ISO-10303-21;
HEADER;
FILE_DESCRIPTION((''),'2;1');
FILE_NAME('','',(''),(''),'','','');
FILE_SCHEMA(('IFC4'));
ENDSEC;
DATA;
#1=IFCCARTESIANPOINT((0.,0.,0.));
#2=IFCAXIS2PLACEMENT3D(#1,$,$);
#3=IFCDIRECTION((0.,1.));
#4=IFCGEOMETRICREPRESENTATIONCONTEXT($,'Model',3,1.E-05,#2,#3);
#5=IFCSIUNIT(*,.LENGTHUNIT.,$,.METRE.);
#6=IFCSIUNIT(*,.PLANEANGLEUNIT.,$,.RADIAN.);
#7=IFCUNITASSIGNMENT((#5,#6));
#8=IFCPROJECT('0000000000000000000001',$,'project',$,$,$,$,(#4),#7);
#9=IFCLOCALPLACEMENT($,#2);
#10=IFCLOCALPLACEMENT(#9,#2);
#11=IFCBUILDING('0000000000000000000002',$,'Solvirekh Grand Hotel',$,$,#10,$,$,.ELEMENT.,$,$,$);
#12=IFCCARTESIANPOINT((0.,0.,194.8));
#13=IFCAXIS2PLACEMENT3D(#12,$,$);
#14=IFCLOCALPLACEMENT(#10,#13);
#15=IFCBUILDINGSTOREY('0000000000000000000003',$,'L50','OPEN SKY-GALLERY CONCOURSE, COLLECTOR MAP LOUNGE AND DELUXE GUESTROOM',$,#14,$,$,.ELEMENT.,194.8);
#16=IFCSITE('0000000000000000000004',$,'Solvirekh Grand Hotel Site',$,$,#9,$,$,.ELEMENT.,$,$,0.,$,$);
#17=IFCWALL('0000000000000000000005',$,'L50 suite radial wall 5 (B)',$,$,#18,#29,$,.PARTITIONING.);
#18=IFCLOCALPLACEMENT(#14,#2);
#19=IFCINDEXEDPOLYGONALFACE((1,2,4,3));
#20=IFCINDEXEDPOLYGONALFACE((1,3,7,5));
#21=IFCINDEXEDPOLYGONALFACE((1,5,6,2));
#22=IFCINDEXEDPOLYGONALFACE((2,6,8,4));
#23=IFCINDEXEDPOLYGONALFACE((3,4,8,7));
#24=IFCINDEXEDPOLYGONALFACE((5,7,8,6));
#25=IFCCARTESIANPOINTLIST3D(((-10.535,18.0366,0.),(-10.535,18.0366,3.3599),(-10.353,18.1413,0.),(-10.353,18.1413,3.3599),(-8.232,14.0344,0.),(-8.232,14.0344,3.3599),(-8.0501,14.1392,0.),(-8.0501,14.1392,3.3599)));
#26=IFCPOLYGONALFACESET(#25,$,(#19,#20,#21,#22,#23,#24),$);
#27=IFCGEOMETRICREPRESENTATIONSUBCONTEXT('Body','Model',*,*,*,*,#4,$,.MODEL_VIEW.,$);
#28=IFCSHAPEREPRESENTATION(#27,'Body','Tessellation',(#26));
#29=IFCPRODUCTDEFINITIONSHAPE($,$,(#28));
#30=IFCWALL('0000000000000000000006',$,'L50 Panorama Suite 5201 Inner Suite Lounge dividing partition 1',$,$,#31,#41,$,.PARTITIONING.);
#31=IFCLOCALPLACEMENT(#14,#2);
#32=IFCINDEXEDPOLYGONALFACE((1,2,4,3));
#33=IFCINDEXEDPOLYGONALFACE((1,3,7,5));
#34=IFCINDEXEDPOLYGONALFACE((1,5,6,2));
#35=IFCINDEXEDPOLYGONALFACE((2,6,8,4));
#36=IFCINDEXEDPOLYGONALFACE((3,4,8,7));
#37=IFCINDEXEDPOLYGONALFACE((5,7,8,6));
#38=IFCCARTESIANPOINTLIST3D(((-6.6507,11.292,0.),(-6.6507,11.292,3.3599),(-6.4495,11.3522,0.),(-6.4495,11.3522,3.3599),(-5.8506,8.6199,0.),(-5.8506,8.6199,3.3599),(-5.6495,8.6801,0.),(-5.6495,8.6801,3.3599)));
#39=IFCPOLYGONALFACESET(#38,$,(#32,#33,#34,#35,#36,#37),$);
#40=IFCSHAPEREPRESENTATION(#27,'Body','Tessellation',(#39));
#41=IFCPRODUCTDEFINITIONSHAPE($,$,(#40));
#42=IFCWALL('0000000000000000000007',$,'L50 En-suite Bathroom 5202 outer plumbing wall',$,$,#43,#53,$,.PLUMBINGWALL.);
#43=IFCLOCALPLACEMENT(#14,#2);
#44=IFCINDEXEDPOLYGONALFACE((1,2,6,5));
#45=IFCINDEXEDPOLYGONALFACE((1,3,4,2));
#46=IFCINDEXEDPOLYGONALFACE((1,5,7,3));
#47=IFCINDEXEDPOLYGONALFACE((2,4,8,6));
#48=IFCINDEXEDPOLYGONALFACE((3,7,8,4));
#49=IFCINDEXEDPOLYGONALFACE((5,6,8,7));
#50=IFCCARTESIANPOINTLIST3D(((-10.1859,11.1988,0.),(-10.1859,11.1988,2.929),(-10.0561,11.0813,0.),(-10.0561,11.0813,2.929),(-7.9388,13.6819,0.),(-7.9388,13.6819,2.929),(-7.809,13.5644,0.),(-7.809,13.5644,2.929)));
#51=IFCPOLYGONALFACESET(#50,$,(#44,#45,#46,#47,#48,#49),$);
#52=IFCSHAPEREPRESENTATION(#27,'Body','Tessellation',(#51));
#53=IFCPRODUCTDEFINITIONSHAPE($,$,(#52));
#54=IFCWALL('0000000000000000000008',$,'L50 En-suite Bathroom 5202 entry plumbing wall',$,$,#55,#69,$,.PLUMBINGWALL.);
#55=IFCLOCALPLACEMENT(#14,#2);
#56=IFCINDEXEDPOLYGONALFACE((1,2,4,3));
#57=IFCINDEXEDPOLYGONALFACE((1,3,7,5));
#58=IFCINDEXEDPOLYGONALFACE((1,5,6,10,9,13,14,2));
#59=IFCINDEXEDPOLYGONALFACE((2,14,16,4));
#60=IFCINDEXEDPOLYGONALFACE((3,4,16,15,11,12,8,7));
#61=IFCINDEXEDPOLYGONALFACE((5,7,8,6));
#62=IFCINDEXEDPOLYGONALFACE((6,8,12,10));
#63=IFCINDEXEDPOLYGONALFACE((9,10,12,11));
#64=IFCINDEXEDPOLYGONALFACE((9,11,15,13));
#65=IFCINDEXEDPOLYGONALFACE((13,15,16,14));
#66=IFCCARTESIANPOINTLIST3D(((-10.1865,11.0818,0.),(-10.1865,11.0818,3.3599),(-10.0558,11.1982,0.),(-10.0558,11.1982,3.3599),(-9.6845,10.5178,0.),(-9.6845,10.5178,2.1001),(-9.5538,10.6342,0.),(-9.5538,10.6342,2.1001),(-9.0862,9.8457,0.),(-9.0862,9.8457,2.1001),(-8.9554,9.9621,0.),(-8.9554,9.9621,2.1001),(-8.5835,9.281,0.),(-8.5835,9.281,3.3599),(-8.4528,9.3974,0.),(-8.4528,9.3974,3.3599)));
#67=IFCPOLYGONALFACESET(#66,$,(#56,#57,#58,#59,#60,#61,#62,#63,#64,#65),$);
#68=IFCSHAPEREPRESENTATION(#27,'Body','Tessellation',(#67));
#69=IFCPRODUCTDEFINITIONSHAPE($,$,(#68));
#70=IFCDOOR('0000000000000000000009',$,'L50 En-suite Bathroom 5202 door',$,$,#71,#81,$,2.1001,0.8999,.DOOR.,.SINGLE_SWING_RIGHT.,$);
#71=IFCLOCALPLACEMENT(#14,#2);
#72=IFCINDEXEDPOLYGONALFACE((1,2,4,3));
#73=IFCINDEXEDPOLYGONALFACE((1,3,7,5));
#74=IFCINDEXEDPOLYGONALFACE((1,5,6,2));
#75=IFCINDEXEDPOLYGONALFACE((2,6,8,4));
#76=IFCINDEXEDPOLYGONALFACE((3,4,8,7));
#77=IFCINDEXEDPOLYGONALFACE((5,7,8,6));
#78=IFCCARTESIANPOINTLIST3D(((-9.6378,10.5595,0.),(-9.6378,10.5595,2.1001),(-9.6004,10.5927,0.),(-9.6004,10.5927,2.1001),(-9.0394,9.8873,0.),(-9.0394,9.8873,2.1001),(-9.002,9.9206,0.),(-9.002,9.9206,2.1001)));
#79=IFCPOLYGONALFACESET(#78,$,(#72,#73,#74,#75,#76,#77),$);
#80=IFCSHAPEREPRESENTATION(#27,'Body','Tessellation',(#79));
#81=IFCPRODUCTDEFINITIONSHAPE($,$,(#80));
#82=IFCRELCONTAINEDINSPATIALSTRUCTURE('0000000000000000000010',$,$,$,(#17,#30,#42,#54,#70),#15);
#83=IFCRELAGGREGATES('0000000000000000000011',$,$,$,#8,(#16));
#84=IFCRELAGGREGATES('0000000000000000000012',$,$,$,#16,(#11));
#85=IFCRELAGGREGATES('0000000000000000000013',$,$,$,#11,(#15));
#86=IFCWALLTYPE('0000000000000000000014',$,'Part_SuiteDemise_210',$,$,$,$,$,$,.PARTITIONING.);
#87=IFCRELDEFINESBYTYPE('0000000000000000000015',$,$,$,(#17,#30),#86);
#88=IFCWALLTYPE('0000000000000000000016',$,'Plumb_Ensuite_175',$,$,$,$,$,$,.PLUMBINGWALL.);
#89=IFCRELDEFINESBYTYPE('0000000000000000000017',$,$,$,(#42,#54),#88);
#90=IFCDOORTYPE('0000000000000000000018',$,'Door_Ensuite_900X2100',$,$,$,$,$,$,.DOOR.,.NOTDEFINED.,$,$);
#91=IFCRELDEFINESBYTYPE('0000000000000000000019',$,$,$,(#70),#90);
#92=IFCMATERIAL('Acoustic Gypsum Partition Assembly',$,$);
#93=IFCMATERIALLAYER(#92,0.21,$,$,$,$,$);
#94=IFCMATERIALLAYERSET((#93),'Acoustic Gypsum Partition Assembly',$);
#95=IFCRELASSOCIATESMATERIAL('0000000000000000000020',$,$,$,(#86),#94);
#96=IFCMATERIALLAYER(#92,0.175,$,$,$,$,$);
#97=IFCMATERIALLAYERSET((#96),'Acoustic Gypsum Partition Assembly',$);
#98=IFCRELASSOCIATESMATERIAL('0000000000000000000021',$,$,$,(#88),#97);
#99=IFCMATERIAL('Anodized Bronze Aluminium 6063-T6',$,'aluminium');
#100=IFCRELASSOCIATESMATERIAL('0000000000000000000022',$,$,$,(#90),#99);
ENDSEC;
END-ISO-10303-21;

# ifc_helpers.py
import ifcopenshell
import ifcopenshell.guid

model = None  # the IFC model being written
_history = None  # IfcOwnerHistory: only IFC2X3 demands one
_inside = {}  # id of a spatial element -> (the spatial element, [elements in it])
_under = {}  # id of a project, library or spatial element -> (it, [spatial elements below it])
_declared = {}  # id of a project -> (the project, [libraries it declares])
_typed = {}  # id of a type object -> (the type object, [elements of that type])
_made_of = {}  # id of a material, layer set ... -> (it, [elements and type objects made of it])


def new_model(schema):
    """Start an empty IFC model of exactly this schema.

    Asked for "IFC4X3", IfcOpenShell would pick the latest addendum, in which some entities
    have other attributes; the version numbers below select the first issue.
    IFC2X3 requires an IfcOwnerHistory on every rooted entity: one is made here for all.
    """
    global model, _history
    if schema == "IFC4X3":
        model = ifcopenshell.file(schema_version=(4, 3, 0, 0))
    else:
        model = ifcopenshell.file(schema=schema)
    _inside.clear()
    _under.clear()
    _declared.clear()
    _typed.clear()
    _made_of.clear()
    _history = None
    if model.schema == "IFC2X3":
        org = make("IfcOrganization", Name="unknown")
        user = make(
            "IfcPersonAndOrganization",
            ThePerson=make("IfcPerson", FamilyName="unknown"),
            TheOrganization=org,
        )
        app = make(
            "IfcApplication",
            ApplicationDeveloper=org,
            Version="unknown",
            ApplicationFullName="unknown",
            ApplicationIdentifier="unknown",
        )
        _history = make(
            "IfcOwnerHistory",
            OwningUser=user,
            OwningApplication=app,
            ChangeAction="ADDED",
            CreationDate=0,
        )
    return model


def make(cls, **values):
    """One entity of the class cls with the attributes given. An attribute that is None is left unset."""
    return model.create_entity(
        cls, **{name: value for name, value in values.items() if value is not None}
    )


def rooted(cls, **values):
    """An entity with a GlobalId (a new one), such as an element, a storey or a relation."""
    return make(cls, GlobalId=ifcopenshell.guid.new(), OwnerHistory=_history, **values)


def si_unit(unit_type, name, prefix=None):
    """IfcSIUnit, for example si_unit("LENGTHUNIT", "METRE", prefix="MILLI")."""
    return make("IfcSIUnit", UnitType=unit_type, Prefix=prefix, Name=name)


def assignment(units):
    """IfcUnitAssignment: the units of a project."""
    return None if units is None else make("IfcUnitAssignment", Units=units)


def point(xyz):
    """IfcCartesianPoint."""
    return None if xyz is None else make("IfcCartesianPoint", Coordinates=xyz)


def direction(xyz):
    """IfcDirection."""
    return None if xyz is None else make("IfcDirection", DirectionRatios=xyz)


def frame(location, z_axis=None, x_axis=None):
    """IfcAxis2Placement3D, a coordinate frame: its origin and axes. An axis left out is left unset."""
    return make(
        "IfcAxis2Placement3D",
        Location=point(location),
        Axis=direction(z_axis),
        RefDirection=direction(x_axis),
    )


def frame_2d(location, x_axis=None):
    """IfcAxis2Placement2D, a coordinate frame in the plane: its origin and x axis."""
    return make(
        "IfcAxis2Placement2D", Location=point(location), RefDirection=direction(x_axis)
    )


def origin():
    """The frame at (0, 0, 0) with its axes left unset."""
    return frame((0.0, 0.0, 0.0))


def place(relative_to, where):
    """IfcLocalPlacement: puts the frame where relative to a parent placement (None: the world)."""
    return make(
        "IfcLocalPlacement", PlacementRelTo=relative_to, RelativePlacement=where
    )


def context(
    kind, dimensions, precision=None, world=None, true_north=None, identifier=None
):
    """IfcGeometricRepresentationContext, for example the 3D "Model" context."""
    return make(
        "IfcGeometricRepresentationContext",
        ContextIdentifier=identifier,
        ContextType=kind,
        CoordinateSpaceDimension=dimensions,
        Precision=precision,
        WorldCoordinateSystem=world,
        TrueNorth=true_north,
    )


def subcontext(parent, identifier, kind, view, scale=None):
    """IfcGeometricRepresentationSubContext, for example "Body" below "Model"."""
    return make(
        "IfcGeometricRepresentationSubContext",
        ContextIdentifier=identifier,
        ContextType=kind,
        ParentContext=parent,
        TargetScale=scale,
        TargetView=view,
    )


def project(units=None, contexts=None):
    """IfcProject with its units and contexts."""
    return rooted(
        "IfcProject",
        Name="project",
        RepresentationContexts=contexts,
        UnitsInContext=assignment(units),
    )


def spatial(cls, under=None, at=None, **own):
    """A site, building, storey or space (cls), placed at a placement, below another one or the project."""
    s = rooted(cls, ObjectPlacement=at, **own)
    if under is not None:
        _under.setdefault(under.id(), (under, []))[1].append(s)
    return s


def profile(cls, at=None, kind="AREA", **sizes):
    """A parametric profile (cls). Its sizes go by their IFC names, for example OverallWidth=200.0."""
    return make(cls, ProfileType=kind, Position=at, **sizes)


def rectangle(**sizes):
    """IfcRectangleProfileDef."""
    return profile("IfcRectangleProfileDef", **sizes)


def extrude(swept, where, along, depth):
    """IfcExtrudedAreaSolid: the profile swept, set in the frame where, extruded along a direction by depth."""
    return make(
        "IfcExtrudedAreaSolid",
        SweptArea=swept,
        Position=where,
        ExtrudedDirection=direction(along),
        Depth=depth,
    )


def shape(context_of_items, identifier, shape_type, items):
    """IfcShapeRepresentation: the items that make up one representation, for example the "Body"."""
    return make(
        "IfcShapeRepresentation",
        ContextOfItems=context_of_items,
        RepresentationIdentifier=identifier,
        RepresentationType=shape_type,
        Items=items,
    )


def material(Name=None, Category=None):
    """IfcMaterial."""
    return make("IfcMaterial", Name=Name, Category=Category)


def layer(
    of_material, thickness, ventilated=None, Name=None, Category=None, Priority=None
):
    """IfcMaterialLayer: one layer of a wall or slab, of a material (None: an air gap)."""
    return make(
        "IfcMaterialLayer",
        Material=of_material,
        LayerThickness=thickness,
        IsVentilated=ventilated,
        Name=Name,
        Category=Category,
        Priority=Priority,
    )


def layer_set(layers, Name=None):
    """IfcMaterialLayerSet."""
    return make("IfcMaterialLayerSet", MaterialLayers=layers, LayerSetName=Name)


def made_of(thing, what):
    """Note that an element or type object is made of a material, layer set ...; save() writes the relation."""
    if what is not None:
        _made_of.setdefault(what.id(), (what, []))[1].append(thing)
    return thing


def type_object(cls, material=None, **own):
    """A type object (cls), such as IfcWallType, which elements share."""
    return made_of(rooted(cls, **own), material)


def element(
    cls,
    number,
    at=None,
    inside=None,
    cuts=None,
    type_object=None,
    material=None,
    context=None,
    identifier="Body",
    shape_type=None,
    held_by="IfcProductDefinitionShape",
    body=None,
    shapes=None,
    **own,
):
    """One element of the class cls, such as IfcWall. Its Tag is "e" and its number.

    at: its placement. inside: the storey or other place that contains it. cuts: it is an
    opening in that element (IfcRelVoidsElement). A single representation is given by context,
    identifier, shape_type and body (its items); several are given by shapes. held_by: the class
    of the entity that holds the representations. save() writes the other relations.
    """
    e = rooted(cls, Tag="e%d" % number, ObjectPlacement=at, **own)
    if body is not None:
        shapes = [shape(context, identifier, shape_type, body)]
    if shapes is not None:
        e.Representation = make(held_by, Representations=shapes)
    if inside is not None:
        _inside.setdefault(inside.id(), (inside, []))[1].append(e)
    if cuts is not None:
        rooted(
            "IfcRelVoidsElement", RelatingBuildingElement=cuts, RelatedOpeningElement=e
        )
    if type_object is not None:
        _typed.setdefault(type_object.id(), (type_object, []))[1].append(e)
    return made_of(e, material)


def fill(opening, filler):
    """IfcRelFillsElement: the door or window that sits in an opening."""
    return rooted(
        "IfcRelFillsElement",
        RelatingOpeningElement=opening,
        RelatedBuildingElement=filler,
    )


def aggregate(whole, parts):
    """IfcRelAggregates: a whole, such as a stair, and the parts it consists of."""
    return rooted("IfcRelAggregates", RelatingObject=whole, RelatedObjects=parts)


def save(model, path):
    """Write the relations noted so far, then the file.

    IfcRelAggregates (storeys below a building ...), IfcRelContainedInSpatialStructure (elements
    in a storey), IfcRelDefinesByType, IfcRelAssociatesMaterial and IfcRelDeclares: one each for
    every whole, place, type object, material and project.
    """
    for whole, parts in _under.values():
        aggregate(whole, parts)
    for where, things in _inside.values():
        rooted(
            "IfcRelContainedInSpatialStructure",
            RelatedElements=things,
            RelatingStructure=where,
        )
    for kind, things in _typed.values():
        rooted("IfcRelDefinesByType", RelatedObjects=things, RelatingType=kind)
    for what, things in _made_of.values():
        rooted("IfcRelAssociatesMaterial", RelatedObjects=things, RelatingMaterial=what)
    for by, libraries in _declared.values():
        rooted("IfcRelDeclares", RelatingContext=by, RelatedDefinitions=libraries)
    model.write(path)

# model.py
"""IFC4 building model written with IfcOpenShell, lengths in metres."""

from ifc_helpers import new_model, si_unit, direction, frame, frame_2d, origin, place, context, subcontext, project, spatial, rectangle, extrude, material, layer, layer_set, type_object, element, fill, save


model = new_model("IFC4")

# Units and contexts
model_context = context("Model", 3, precision=1e-05, world=origin(), true_north=direction((0.0, 1.0)))
body_context = subcontext(model_context, "Body", "Model", "MODEL_VIEW")
ifc_project = project(units=[si_unit("LENGTHUNIT", "METRE"), si_unit("PLANEANGLEUNIT", "RADIAN")], contexts=[model_context])

# Site, building, storey
site_placement = place(None, origin())
site = spatial("IfcSite", under=ifc_project, at=site_placement, Name="Solvirekh Grand Hotel Site", CompositionType="ELEMENT", RefElevation=0.0)
building_placement = place(site_placement, origin())
building = spatial("IfcBuilding", under=site, at=building_placement, Name="Solvirekh Grand Hotel", CompositionType="ELEMENT")
storey_placement = place(building_placement, frame((0.0, 0.0, 194.8)))
storey = spatial("IfcBuildingStorey", under=building, at=storey_placement, Name="L50", Description="OPEN SKY-GALLERY CONCOURSE, COLLECTOR MAP LOUNGE AND DELUXE GUESTROOM", CompositionType="ELEMENT", Elevation=194.8)

# Shared definitions
ifc_material_1 = material(Name="Anodized Bronze Aluminium 6063-T6", Category="aluminium")

# Shared definitions
ifc_material_2 = material(Name="Acoustic Gypsum Partition Assembly")

# Walls
ifc_layer_1 = layer(ifc_material_2, 0.21)
ifc_layer_set_1 = layer_set([ifc_layer_1], Name="Acoustic Gypsum Partition Assembly")
wall_type_1 = type_object("IfcWallType", Name="Part_SuiteDemise_210", PredefinedType="PARTITIONING", material=ifc_layer_set_1)
wall_1_placement = place(storey_placement, frame((-8.1411, 14.0869, 0.0), z_axis=(0.0, 0.0, 1.0), x_axis=(-0.49875, 0.866746, 0.0)))
element("IfcWall", 1, at=wall_1_placement, inside=storey, type_object=wall_type_1, Name="L50 suite radial wall 5 (B)", PredefinedType="PARTITIONING", context=body_context, shape_type="SweptSolid", body=[
    extrude(rectangle(XDim=4.6174, YDim=0.21, at=frame_2d((2.3086, 0.0))), origin(), (0.0, 0.0, 1.0), 3.3599),
])
wall_2_placement = place(storey_placement, frame((-6.55, 11.322, 0.0), z_axis=(0.0, 0.0, 1.0), x_axis=(0.286826, -0.957983, 0.0)))
element("IfcWall", 2, at=wall_2_placement, inside=storey, type_object=wall_type_1, Name="L50 Panorama Suite 5201 Inner Suite Lounge dividing partition 1", PredefinedType="PARTITIONING", context=body_context, shape_type="SweptSolid", body=[
    extrude(rectangle(XDim=2.7893, YDim=0.21, at=frame_2d((1.3945, 0.0))), origin(), (0.0, 0.0, 1.0), 3.3599),
])
ifc_layer_2 = layer(ifc_material_2, 0.175)
ifc_layer_set_2 = layer_set([ifc_layer_2], Name="Acoustic Gypsum Partition Assembly")
wall_type_2 = type_object("IfcWallType", Name="Plumb_Ensuite_175", PredefinedType="PLUMBINGWALL", material=ifc_layer_set_2)
wall_3_placement = place(storey_placement, frame((-7.874, 13.623, 0.0), z_axis=(0.0, 0.0, 1.0), x_axis=(-0.67098, -0.741475, 0.0)))
element("IfcWall", 3, at=wall_3_placement, inside=storey, type_object=wall_type_2, Name="L50 En-suite Bathroom 5202 outer plumbing wall", PredefinedType="PLUMBINGWALL", context=body_context, shape_type="SweptSolid", body=[
    extrude(rectangle(XDim=3.3489, YDim=0.175, at=frame_2d((1.6743, 0.0))), origin(), (0.0, 0.0, 1.0), 2.929),
])

# Wall, opening, door
wall_4_placement = place(storey_placement, frame((-8.5181, 9.3391, 0.0), z_axis=(0.0, 0.0, 1.0), x_axis=(-0.664904, 0.746929, 0.0)))
wall_4 = element("IfcWall", 4, at=wall_4_placement, inside=storey, type_object=wall_type_2, Name="L50 En-suite Bathroom 5202 entry plumbing wall", PredefinedType="PLUMBINGWALL", context=body_context, shape_type="SweptSolid", body=[
    extrude(rectangle(XDim=2.4109, YDim=0.175, at=frame_2d((1.2056, 0.0))), origin(), (0.0, 0.0, 1.0), 3.3599),
])
opening_1_placement = place(wall_4_placement, frame((0.7561, 0.0, 0.0)))
opening_1 = element("IfcOpeningElement", 5, at=opening_1_placement, cuts=wall_4, PredefinedType="OPENING", context=body_context, shape_type="SweptSolid", body=[
    extrude(rectangle(XDim=0.8999, YDim=2.1001, at=frame_2d((0.45, 1.05))), frame((0.0, 0.0977, 0.0), z_axis=(0.0, -1.0, 0.0), x_axis=(1.0, 0.0, 0.0)), (0.0, 0.0, 1.0), 0.1951),
])
door_type_1 = type_object("IfcDoorType", Name="Door_Ensuite_900X2100", OperationType="NOTDEFINED", PredefinedType="DOOR", material=ifc_material_1)
door_1_placement = place(opening_1_placement, origin())
door_1 = element("IfcDoor", 6, at=door_1_placement, inside=storey, type_object=door_type_1, Name="L50 En-suite Bathroom 5202 door", OperationType="SINGLE_SWING_RIGHT", OverallHeight=2.1001, OverallWidth=0.8999, PredefinedType="DOOR", context=body_context, shape_type="SweptSolid", body=[
    extrude(rectangle(XDim=0.8999, YDim=2.1001, at=frame_2d((0.45, 1.05))), frame((0.0, 0.0249, 0.0), z_axis=(0.0, -1.0, 0.0), x_axis=(1.0, 0.0, 0.0)), (0.0, 0.0, 1.0), 0.05),
])
fill(opening_1, door_1)

save(model, "model.ifc")
